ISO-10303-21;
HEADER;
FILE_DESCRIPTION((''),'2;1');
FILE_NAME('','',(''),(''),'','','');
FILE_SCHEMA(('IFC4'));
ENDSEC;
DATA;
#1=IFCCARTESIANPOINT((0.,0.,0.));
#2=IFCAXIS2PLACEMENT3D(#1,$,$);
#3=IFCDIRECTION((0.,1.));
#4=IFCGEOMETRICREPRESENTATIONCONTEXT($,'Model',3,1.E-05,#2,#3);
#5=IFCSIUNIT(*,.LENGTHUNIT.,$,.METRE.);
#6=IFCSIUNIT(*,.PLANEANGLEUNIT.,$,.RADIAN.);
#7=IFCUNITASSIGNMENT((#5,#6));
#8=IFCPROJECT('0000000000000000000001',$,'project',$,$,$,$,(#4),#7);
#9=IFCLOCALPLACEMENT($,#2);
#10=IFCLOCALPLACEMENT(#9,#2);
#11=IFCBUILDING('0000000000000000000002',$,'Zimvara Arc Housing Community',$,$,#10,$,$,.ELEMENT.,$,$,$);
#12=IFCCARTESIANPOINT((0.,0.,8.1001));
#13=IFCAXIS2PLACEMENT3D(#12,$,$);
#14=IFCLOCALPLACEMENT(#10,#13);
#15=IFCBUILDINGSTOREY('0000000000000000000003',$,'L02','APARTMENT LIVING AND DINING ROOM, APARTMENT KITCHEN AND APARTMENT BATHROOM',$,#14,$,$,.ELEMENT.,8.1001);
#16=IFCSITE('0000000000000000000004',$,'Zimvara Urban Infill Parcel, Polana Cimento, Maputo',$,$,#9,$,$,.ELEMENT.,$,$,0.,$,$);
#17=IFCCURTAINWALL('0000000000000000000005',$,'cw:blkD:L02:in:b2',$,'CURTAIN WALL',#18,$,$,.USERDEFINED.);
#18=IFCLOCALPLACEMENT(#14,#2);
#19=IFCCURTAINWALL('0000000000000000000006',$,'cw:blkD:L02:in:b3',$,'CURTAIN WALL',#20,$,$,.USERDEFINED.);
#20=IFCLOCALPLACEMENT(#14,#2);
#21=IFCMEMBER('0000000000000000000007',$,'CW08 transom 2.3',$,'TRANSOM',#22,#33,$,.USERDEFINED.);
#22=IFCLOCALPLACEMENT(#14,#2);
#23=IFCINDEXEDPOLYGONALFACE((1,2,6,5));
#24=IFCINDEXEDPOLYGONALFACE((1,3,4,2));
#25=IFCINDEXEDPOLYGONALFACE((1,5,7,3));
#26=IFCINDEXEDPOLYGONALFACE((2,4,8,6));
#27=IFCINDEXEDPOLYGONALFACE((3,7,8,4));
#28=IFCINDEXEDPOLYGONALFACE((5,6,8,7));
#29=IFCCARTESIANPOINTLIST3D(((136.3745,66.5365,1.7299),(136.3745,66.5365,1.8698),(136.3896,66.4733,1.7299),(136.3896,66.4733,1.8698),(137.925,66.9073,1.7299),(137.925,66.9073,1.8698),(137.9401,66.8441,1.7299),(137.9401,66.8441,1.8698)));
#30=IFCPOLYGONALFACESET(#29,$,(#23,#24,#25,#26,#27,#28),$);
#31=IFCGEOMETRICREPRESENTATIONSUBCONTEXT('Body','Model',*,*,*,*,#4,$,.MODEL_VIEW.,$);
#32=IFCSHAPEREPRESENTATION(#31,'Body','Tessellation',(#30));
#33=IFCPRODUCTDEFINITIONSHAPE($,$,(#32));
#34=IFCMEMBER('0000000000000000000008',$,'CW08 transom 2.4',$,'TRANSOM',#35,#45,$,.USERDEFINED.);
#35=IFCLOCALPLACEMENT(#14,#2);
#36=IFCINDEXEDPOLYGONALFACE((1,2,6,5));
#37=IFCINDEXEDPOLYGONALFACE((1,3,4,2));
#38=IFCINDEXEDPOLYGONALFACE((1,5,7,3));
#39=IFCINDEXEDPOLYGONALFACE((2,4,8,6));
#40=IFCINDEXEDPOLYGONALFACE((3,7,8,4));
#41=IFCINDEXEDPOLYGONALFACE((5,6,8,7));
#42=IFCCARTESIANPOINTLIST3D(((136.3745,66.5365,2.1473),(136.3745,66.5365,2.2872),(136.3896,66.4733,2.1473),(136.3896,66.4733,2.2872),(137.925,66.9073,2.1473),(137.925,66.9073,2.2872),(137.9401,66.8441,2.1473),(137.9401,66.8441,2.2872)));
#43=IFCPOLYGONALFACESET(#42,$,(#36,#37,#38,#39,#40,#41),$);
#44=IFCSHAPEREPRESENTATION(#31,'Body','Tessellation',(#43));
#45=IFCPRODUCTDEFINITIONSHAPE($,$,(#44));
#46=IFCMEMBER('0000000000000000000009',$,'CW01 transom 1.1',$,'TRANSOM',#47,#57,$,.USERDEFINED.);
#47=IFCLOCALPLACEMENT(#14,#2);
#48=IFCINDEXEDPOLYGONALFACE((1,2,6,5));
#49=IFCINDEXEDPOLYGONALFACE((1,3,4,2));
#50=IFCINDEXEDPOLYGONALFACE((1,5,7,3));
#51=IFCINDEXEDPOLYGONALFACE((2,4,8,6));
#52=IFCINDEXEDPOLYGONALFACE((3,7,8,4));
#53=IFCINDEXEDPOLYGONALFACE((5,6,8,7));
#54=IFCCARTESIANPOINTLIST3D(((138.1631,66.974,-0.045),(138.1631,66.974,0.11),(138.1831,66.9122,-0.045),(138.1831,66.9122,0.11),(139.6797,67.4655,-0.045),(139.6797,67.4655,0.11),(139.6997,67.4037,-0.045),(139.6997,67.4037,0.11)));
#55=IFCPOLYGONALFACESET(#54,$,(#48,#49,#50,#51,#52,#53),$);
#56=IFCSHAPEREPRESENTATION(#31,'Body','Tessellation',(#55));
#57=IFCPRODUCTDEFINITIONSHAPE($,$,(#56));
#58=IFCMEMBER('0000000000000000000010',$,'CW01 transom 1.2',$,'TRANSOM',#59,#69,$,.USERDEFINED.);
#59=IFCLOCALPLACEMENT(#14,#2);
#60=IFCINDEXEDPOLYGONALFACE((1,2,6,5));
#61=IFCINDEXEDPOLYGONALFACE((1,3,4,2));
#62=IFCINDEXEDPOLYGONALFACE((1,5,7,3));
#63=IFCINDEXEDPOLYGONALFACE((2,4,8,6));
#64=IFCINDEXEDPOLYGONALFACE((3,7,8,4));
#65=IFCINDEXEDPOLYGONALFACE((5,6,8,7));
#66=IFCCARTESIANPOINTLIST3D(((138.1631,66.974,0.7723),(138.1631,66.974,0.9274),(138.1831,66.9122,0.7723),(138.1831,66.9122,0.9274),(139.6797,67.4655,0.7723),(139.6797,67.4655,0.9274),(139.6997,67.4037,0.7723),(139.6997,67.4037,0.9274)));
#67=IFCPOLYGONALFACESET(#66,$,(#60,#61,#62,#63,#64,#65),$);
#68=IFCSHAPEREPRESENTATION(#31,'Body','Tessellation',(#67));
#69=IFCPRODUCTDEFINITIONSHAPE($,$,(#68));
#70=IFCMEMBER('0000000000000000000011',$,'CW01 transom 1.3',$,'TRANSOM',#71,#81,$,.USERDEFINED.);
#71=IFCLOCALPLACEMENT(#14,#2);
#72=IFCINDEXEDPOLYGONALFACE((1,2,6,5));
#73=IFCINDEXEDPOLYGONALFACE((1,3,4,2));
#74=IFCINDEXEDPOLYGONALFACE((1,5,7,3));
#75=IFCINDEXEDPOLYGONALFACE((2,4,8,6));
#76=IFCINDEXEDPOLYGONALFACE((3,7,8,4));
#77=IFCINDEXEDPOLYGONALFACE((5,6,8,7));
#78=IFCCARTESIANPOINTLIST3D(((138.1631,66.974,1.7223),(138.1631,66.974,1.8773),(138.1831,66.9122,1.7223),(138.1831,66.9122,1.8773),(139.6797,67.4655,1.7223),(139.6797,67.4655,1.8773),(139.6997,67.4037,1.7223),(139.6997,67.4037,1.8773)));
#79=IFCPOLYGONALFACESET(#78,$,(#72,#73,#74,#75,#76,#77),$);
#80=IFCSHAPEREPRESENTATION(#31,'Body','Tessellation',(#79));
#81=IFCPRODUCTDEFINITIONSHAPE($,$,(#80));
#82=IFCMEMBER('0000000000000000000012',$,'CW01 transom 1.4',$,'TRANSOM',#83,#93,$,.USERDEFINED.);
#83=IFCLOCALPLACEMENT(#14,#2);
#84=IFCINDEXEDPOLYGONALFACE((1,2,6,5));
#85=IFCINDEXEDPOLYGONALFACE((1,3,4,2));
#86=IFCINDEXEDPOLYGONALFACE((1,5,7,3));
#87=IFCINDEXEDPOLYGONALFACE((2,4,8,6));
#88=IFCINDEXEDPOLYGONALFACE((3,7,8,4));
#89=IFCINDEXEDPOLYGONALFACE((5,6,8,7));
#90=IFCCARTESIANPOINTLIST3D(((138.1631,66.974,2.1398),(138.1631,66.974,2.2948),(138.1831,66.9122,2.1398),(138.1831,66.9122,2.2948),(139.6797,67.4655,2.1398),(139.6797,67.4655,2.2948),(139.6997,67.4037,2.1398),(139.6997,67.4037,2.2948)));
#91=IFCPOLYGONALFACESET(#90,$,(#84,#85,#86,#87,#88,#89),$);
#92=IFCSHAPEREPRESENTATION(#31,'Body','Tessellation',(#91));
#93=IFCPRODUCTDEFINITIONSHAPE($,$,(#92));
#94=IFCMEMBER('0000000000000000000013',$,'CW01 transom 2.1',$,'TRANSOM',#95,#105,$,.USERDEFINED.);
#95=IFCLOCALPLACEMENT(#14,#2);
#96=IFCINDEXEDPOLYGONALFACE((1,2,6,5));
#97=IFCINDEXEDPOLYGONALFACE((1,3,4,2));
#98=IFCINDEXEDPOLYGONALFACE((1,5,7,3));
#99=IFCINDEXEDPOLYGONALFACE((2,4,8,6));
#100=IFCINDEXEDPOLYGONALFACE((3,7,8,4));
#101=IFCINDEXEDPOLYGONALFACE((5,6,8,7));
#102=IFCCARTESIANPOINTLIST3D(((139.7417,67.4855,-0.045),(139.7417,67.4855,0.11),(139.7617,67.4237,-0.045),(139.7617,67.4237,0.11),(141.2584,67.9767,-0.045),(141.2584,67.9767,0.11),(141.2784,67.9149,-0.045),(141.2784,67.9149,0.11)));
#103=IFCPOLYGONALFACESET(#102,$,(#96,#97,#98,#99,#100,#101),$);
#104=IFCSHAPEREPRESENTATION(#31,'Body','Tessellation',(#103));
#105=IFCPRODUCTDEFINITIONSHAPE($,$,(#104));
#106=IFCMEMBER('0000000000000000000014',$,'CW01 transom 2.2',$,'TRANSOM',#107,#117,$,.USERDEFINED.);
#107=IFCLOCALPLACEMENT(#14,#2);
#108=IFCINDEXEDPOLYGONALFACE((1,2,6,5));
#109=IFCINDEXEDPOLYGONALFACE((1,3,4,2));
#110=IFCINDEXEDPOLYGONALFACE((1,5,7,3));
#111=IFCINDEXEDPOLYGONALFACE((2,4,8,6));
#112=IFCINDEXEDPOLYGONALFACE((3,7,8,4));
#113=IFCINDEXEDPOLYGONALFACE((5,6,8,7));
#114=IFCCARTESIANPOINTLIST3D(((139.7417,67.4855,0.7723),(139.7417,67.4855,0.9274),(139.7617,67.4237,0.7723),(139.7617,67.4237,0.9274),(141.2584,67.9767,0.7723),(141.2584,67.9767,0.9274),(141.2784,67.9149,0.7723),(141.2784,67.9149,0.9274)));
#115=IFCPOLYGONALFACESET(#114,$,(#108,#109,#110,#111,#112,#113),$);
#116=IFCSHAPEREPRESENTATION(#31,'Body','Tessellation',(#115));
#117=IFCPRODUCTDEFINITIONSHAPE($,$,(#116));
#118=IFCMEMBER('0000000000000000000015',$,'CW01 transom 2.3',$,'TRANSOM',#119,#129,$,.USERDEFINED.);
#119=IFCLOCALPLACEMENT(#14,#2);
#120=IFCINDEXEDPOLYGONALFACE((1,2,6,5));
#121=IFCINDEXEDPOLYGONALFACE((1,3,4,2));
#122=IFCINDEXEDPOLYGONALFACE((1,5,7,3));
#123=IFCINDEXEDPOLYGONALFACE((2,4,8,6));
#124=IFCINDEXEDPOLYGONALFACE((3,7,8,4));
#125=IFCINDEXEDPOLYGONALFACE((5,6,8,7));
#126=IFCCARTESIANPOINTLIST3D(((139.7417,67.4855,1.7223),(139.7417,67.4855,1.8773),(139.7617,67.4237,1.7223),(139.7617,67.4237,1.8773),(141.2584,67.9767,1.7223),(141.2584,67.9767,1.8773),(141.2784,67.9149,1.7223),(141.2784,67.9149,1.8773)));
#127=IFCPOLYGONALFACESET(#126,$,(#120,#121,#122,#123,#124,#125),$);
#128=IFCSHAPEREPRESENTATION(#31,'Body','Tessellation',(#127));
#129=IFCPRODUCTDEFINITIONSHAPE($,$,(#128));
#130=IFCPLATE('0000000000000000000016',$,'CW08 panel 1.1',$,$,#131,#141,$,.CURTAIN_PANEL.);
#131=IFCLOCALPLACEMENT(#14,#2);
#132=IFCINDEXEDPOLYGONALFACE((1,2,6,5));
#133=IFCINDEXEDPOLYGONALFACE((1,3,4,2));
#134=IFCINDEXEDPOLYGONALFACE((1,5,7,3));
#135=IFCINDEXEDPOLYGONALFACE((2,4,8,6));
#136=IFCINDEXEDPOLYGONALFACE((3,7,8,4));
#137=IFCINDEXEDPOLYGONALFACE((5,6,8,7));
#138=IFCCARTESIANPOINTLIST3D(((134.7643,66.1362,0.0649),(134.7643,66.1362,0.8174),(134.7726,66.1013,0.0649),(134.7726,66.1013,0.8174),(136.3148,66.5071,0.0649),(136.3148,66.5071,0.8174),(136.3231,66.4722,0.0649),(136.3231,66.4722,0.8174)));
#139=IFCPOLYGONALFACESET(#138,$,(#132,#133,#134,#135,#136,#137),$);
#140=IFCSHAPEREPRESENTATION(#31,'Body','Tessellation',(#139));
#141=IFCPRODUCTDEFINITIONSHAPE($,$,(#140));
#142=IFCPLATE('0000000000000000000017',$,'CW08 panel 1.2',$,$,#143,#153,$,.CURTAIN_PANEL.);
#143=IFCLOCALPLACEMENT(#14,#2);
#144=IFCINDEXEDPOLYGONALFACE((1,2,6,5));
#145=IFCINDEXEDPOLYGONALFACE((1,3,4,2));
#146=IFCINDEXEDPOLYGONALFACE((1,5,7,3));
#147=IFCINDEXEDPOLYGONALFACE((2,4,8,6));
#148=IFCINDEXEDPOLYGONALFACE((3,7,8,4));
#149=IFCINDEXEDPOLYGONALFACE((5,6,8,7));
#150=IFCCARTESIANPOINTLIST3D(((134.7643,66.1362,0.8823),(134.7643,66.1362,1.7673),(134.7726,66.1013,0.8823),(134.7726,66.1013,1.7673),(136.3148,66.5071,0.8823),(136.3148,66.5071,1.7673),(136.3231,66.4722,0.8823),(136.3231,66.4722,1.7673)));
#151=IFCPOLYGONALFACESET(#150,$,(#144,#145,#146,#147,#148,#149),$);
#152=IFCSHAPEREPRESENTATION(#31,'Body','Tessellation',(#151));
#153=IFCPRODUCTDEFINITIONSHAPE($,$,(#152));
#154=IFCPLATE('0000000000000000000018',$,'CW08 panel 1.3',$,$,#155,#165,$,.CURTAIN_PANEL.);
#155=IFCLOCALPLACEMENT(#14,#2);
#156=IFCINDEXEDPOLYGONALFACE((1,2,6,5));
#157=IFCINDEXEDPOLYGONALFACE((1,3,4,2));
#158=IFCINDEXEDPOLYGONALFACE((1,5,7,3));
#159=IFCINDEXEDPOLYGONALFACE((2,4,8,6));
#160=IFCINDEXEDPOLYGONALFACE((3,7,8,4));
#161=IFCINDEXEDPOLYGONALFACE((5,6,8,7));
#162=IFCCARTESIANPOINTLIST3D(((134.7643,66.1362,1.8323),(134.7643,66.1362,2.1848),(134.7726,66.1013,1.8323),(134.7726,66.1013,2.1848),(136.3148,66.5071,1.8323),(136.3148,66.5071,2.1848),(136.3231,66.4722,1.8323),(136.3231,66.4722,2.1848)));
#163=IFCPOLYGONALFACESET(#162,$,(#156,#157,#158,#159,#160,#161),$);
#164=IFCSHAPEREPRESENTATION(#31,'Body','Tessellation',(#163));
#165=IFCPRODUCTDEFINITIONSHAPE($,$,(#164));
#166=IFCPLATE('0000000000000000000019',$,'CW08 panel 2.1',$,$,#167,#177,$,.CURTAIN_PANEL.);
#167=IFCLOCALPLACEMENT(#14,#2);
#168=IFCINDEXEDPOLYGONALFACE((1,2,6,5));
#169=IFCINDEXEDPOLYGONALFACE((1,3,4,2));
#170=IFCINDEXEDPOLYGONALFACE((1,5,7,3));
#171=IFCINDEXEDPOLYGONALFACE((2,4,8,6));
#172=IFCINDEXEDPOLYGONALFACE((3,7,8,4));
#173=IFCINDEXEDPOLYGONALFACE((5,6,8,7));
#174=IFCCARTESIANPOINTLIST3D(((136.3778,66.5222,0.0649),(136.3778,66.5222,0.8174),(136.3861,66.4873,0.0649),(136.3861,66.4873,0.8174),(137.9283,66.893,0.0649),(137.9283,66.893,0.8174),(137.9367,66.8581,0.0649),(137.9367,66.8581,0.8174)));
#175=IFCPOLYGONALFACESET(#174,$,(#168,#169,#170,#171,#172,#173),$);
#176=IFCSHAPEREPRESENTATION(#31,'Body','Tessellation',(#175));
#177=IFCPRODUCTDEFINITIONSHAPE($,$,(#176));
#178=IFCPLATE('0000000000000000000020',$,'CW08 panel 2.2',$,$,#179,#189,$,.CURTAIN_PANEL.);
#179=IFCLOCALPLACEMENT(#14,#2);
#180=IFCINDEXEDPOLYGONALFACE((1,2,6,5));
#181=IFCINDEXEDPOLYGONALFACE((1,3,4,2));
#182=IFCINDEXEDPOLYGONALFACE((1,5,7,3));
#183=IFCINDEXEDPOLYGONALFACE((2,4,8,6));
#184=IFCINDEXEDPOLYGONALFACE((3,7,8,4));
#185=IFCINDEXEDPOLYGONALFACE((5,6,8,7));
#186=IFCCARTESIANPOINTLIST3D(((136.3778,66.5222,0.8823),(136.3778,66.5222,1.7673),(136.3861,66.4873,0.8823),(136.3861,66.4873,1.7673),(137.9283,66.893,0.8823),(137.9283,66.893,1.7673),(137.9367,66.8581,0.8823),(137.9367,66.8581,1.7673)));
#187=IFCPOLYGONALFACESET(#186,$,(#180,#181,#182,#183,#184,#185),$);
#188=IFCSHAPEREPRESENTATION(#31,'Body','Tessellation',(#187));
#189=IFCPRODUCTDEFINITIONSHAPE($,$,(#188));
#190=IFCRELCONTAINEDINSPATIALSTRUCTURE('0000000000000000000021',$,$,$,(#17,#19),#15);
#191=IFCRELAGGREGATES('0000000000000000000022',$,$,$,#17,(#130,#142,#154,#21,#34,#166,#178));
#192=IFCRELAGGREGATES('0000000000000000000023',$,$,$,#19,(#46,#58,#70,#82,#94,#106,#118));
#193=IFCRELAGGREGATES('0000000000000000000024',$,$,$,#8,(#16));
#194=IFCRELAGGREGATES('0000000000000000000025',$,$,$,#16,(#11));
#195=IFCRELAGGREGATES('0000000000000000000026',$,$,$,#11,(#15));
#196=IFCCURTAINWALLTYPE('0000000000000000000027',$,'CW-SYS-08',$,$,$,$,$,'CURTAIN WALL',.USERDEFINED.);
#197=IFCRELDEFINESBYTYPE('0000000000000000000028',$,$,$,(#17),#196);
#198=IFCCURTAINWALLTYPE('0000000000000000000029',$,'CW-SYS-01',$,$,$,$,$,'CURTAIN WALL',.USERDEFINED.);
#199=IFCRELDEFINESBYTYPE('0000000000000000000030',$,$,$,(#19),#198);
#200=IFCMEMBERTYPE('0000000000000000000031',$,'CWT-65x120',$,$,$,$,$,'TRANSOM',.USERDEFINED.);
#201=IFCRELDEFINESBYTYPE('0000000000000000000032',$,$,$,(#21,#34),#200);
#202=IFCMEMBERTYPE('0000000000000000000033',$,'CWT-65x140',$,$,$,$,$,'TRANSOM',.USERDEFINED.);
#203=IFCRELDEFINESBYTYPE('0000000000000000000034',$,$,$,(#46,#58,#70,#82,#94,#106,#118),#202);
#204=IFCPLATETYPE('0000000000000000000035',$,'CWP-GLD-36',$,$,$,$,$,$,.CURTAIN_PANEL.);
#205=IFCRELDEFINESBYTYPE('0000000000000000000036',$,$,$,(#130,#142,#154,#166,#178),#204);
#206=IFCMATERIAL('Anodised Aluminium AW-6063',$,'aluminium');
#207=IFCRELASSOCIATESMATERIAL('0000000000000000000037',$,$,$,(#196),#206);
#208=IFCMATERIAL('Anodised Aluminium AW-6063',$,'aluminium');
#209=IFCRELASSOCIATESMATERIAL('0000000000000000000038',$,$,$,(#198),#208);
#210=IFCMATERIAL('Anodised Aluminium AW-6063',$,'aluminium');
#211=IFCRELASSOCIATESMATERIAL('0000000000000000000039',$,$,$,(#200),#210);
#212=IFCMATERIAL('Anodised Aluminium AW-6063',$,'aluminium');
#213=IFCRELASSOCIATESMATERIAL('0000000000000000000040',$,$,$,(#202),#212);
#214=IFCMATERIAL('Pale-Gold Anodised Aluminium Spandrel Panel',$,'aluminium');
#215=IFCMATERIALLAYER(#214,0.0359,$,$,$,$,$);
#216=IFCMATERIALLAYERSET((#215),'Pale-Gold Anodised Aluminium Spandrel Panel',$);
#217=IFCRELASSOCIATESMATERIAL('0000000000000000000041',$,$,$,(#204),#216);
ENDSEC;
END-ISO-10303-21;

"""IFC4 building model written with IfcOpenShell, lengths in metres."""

from ifc_helpers import new_model, si_unit, direction, frame, origin, origin_2d, place, context, subcontext, project, spatial, rectangle, extrude, material, layer, layer_set, material_profile, profile_set, type_object, element, aggregate, save


model = new_model("IFC4")

# Units and contexts
model_context = context("Model", 3, precision=1e-05, world=origin(), true_north=direction((0.0, 1.0)))
body_context = subcontext(model_context, "Body", "Model", "MODEL_VIEW")
ifc_project = project(units=[si_unit("LENGTHUNIT", "METRE"), si_unit("PLANEANGLEUNIT", "RADIAN")], contexts=[model_context])

# Site, building, storey
site_placement = place(None, origin())
site = spatial("IfcSite", under=ifc_project, at=site_placement, Name="Zimvara Urban Infill Parcel, Polana Cimento, Maputo", CompositionType="ELEMENT", RefElevation=0.0)
building_placement = place(site_placement, origin())
building = spatial("IfcBuilding", under=site, at=building_placement, Name="Zimvara Arc Housing Community", CompositionType="ELEMENT")
storey_placement = place(building_placement, frame((0.0, 0.0, 8.1001)))
storey = spatial("IfcBuildingStorey", under=building, at=storey_placement, Name="L02", Description="APARTMENT LIVING AND DINING ROOM, APARTMENT KITCHEN AND APARTMENT BATHROOM", CompositionType="ELEMENT", Elevation=8.1001)

# Curtain walls
ifc_material_1 = material(Name="Anodised Aluminium AW-6063", Category="aluminium")
curtain_wall_type_1 = type_object("IfcCurtainWallType", Name="CW-SYS-08", ElementType="CURTAIN WALL", PredefinedType="USERDEFINED", material=ifc_material_1)
curtain_wall_1_placement = place(storey_placement, origin())
curtain_wall_1 = element("IfcCurtainWall", 1, at=curtain_wall_1_placement, inside=storey, type_object=curtain_wall_type_1, Name="cw:blkD:L02:in:b2", ObjectType="CURTAIN WALL", PredefinedType="USERDEFINED")
ifc_material_2 = material(Name="Anodised Aluminium AW-6063", Category="aluminium")
curtain_wall_type_2 = type_object("IfcCurtainWallType", Name="CW-SYS-01", ElementType="CURTAIN WALL", PredefinedType="USERDEFINED", material=ifc_material_2)
curtain_wall_2_placement = place(storey_placement, origin())
curtain_wall_2 = element("IfcCurtainWall", 2, at=curtain_wall_2_placement, inside=storey, type_object=curtain_wall_type_2, Name="cw:blkD:L02:in:b3", ObjectType="CURTAIN WALL", PredefinedType="USERDEFINED")

# Members
ifc_material_3 = material(Name="Anodised Aluminium AW-6063", Category="aluminium")
ifc_material_profile_1 = material_profile(ifc_material_3, rectangle(XDim=0.0649, YDim=0.1399, at=origin_2d()), Name="ALU 65x140")
ifc_profile_set_1 = profile_set([ifc_material_profile_1], Name="Anodised Aluminium AW-6063")
member_type_1 = type_object("IfcMemberType", Name="CWT-65x120", ElementType="TRANSOM", PredefinedType="USERDEFINED", material=ifc_profile_set_1)
member_1_placement = place(storey_placement, frame((136.3821, 66.5049, 1.7998), z_axis=(0.972569, 0.232614, 0.0), x_axis=(-0.232614, 0.972569, 0.0)))
member_1 = element("IfcMember", 3, at=member_1_placement, type_object=member_type_1, Name="CW08 transom 2.3", ObjectType="TRANSOM", PredefinedType="USERDEFINED", context=body_context, shape_type="SweptSolid", body=[
    extrude(rectangle(XDim=0.0649, YDim=0.1399, at=origin_2d()), origin(), (0.0, 0.0, 1.0), 1.5942),
])
member_2_placement = place(storey_placement, frame((136.3821, 66.5049, 2.2173), z_axis=(0.972569, 0.232614, 0.0), x_axis=(-0.232614, 0.972569, 0.0)))
member_2 = element("IfcMember", 4, at=member_2_placement, type_object=member_type_1, Name="CW08 transom 2.4", ObjectType="TRANSOM", PredefinedType="USERDEFINED", context=body_context, shape_type="SweptSolid", body=[
    extrude(rectangle(XDim=0.0649, YDim=0.1399, at=origin_2d()), origin(), (0.0, 0.0, 1.0), 1.5942),
])
ifc_material_4 = material(Name="Anodised Aluminium AW-6063", Category="aluminium")
ifc_material_profile_2 = material_profile(ifc_material_4, rectangle(XDim=0.0649, YDim=0.155, at=origin_2d()), Name="ALU 65x155")
ifc_profile_set_2 = profile_set([ifc_material_profile_2], Name="Anodised Aluminium AW-6063")
member_type_2 = type_object("IfcMemberType", Name="CWT-65x140", ElementType="TRANSOM", PredefinedType="USERDEFINED", material=ifc_profile_set_2)
member_3_placement = place(storey_placement, frame((138.1731, 66.9431, 0.0325), z_axis=(0.951299, 0.308269, 0.0), x_axis=(-0.308269, 0.951299, 0.0)))
member_3 = element("IfcMember", 5, at=member_3_placement, type_object=member_type_2, Name="CW01 transom 1.1", ObjectType="TRANSOM", PredefinedType="USERDEFINED", context=body_context, shape_type="SweptSolid", body=[
    extrude(rectangle(XDim=0.0649, YDim=0.155, at=origin_2d()), origin(), (0.0, 0.0, 1.0), 1.5942),
])
member_4_placement = place(storey_placement, frame((138.1731, 66.9431, 0.8499), z_axis=(0.951299, 0.308269, 0.0), x_axis=(-0.308269, 0.951299, 0.0)))
member_4 = element("IfcMember", 6, at=member_4_placement, type_object=member_type_2, Name="CW01 transom 1.2", ObjectType="TRANSOM", PredefinedType="USERDEFINED", context=body_context, shape_type="SweptSolid", body=[
    extrude(rectangle(XDim=0.0649, YDim=0.155, at=origin_2d()), origin(), (0.0, 0.0, 1.0), 1.5942),
])
member_5_placement = place(storey_placement, frame((138.1731, 66.9431, 1.7998), z_axis=(0.951299, 0.308269, 0.0), x_axis=(-0.308269, 0.951299, 0.0)))
member_5 = element("IfcMember", 7, at=member_5_placement, type_object=member_type_2, Name="CW01 transom 1.3", ObjectType="TRANSOM", PredefinedType="USERDEFINED", context=body_context, shape_type="SweptSolid", body=[
    extrude(rectangle(XDim=0.0649, YDim=0.155, at=origin_2d()), origin(), (0.0, 0.0, 1.0), 1.5942),
])
member_6_placement = place(storey_placement, frame((138.1731, 66.9431, 2.2173), z_axis=(0.951299, 0.308269, 0.0), x_axis=(-0.308269, 0.951299, 0.0)))
member_6 = element("IfcMember", 8, at=member_6_placement, type_object=member_type_2, Name="CW01 transom 1.4", ObjectType="TRANSOM", PredefinedType="USERDEFINED", context=body_context, shape_type="SweptSolid", body=[
    extrude(rectangle(XDim=0.0649, YDim=0.155, at=origin_2d()), origin(), (0.0, 0.0, 1.0), 1.5942),
])
member_7_placement = place(storey_placement, frame((139.7517, 67.4546, 0.0325), z_axis=(0.951344, 0.30813, 0.0), x_axis=(-0.30813, 0.951344, 0.0)))
member_7 = element("IfcMember", 9, at=member_7_placement, type_object=member_type_2, Name="CW01 transom 2.1", ObjectType="TRANSOM", PredefinedType="USERDEFINED", context=body_context, shape_type="SweptSolid", body=[
    extrude(rectangle(XDim=0.0649, YDim=0.155, at=origin_2d()), origin(), (0.0, 0.0, 1.0), 1.5942),
])
member_8_placement = place(storey_placement, frame((139.7517, 67.4546, 0.8499), z_axis=(0.951344, 0.30813, 0.0), x_axis=(-0.30813, 0.951344, 0.0)))
member_8 = element("IfcMember", 10, at=member_8_placement, type_object=member_type_2, Name="CW01 transom 2.2", ObjectType="TRANSOM", PredefinedType="USERDEFINED", context=body_context, shape_type="SweptSolid", body=[
    extrude(rectangle(XDim=0.0649, YDim=0.155, at=origin_2d()), origin(), (0.0, 0.0, 1.0), 1.5942),
])
member_9_placement = place(storey_placement, frame((139.7517, 67.4546, 1.7998), z_axis=(0.951344, 0.30813, 0.0), x_axis=(-0.30813, 0.951344, 0.0)))
member_9 = element("IfcMember", 11, at=member_9_placement, type_object=member_type_2, Name="CW01 transom 2.3", ObjectType="TRANSOM", PredefinedType="USERDEFINED", context=body_context, shape_type="SweptSolid", body=[
    extrude(rectangle(XDim=0.0649, YDim=0.155, at=origin_2d()), origin(), (0.0, 0.0, 1.0), 1.5942),
])

# Plates
ifc_material_5 = material(Name="Pale-Gold Anodised Aluminium Spandrel Panel", Category="aluminium")
ifc_layer_1 = layer(ifc_material_5, 0.0359)
ifc_layer_set_1 = layer_set([ifc_layer_1], Name="Pale-Gold Anodised Aluminium Spandrel Panel")
plate_type_1 = type_object("IfcPlateType", Name="CWP-GLD-36", PredefinedType="CURTAIN_PANEL", material=ifc_layer_set_1)
plate_1_placement = place(storey_placement, frame((135.5437, 66.3042, 0.0649), z_axis=(0.0, 0.0, 1.0), x_axis=(0.972573, 0.232596, 0.0)))
plate_1 = element("IfcPlate", 12, at=plate_1_placement, type_object=plate_type_1, Name="CW08 panel 1.1", PredefinedType="CURTAIN_PANEL", context=body_context, shape_type="SweptSolid", body=[
    extrude(rectangle(XDim=1.5942, YDim=0.0359, at=origin_2d()), origin(), (0.0, 0.0, 1.0), 0.7524),
])
plate_2_placement = place(storey_placement, frame((135.5437, 66.3042, 0.8823), z_axis=(0.0, 0.0, 1.0), x_axis=(0.972573, 0.232596, 0.0)))
plate_2 = element("IfcPlate", 13, at=plate_2_placement, type_object=plate_type_1, Name="CW08 panel 1.2", PredefinedType="CURTAIN_PANEL", context=body_context, shape_type="SweptSolid", body=[
    extrude(rectangle(XDim=1.5942, YDim=0.0359, at=origin_2d()), origin(), (0.0, 0.0, 1.0), 0.885),
])
plate_3_placement = place(storey_placement, frame((135.5437, 66.3042, 1.8323), z_axis=(0.0, 0.0, 1.0), x_axis=(0.972573, 0.232596, 0.0)))
plate_3 = element("IfcPlate", 14, at=plate_3_placement, type_object=plate_type_1, Name="CW08 panel 1.3", PredefinedType="CURTAIN_PANEL", context=body_context, shape_type="SweptSolid", body=[
    extrude(rectangle(XDim=1.5942, YDim=0.0359, at=origin_2d()), origin(), (0.0, 0.0, 1.0), 0.3525),
])
plate_4_placement = place(storey_placement, frame((137.1572, 66.6902, 0.0649), z_axis=(0.0, 0.0, 1.0), x_axis=(0.972573, 0.232596, 0.0)))
plate_4 = element("IfcPlate", 15, at=plate_4_placement, type_object=plate_type_1, Name="CW08 panel 2.1", PredefinedType="CURTAIN_PANEL", context=body_context, shape_type="SweptSolid", body=[
    extrude(rectangle(XDim=1.5942, YDim=0.0359, at=origin_2d()), origin(), (0.0, 0.0, 1.0), 0.7524),
])
plate_5_placement = place(storey_placement, frame((137.1572, 66.6902, 0.8823), z_axis=(0.0, 0.0, 1.0), x_axis=(0.972573, 0.232596, 0.0)))
plate_5 = element("IfcPlate", 16, at=plate_5_placement, type_object=plate_type_1, Name="CW08 panel 2.2", PredefinedType="CURTAIN_PANEL", context=body_context, shape_type="SweptSolid", body=[
    extrude(rectangle(XDim=1.5942, YDim=0.0359, at=origin_2d()), origin(), (0.0, 0.0, 1.0), 0.885),
])
aggregate(curtain_wall_1, [plate_1, plate_2, plate_3, member_1, member_2, plate_4, plate_5])
aggregate(curtain_wall_2, [member_3, member_4, member_5, member_6, member_7, member_8, member_9])

save(model, "model.ifc")
